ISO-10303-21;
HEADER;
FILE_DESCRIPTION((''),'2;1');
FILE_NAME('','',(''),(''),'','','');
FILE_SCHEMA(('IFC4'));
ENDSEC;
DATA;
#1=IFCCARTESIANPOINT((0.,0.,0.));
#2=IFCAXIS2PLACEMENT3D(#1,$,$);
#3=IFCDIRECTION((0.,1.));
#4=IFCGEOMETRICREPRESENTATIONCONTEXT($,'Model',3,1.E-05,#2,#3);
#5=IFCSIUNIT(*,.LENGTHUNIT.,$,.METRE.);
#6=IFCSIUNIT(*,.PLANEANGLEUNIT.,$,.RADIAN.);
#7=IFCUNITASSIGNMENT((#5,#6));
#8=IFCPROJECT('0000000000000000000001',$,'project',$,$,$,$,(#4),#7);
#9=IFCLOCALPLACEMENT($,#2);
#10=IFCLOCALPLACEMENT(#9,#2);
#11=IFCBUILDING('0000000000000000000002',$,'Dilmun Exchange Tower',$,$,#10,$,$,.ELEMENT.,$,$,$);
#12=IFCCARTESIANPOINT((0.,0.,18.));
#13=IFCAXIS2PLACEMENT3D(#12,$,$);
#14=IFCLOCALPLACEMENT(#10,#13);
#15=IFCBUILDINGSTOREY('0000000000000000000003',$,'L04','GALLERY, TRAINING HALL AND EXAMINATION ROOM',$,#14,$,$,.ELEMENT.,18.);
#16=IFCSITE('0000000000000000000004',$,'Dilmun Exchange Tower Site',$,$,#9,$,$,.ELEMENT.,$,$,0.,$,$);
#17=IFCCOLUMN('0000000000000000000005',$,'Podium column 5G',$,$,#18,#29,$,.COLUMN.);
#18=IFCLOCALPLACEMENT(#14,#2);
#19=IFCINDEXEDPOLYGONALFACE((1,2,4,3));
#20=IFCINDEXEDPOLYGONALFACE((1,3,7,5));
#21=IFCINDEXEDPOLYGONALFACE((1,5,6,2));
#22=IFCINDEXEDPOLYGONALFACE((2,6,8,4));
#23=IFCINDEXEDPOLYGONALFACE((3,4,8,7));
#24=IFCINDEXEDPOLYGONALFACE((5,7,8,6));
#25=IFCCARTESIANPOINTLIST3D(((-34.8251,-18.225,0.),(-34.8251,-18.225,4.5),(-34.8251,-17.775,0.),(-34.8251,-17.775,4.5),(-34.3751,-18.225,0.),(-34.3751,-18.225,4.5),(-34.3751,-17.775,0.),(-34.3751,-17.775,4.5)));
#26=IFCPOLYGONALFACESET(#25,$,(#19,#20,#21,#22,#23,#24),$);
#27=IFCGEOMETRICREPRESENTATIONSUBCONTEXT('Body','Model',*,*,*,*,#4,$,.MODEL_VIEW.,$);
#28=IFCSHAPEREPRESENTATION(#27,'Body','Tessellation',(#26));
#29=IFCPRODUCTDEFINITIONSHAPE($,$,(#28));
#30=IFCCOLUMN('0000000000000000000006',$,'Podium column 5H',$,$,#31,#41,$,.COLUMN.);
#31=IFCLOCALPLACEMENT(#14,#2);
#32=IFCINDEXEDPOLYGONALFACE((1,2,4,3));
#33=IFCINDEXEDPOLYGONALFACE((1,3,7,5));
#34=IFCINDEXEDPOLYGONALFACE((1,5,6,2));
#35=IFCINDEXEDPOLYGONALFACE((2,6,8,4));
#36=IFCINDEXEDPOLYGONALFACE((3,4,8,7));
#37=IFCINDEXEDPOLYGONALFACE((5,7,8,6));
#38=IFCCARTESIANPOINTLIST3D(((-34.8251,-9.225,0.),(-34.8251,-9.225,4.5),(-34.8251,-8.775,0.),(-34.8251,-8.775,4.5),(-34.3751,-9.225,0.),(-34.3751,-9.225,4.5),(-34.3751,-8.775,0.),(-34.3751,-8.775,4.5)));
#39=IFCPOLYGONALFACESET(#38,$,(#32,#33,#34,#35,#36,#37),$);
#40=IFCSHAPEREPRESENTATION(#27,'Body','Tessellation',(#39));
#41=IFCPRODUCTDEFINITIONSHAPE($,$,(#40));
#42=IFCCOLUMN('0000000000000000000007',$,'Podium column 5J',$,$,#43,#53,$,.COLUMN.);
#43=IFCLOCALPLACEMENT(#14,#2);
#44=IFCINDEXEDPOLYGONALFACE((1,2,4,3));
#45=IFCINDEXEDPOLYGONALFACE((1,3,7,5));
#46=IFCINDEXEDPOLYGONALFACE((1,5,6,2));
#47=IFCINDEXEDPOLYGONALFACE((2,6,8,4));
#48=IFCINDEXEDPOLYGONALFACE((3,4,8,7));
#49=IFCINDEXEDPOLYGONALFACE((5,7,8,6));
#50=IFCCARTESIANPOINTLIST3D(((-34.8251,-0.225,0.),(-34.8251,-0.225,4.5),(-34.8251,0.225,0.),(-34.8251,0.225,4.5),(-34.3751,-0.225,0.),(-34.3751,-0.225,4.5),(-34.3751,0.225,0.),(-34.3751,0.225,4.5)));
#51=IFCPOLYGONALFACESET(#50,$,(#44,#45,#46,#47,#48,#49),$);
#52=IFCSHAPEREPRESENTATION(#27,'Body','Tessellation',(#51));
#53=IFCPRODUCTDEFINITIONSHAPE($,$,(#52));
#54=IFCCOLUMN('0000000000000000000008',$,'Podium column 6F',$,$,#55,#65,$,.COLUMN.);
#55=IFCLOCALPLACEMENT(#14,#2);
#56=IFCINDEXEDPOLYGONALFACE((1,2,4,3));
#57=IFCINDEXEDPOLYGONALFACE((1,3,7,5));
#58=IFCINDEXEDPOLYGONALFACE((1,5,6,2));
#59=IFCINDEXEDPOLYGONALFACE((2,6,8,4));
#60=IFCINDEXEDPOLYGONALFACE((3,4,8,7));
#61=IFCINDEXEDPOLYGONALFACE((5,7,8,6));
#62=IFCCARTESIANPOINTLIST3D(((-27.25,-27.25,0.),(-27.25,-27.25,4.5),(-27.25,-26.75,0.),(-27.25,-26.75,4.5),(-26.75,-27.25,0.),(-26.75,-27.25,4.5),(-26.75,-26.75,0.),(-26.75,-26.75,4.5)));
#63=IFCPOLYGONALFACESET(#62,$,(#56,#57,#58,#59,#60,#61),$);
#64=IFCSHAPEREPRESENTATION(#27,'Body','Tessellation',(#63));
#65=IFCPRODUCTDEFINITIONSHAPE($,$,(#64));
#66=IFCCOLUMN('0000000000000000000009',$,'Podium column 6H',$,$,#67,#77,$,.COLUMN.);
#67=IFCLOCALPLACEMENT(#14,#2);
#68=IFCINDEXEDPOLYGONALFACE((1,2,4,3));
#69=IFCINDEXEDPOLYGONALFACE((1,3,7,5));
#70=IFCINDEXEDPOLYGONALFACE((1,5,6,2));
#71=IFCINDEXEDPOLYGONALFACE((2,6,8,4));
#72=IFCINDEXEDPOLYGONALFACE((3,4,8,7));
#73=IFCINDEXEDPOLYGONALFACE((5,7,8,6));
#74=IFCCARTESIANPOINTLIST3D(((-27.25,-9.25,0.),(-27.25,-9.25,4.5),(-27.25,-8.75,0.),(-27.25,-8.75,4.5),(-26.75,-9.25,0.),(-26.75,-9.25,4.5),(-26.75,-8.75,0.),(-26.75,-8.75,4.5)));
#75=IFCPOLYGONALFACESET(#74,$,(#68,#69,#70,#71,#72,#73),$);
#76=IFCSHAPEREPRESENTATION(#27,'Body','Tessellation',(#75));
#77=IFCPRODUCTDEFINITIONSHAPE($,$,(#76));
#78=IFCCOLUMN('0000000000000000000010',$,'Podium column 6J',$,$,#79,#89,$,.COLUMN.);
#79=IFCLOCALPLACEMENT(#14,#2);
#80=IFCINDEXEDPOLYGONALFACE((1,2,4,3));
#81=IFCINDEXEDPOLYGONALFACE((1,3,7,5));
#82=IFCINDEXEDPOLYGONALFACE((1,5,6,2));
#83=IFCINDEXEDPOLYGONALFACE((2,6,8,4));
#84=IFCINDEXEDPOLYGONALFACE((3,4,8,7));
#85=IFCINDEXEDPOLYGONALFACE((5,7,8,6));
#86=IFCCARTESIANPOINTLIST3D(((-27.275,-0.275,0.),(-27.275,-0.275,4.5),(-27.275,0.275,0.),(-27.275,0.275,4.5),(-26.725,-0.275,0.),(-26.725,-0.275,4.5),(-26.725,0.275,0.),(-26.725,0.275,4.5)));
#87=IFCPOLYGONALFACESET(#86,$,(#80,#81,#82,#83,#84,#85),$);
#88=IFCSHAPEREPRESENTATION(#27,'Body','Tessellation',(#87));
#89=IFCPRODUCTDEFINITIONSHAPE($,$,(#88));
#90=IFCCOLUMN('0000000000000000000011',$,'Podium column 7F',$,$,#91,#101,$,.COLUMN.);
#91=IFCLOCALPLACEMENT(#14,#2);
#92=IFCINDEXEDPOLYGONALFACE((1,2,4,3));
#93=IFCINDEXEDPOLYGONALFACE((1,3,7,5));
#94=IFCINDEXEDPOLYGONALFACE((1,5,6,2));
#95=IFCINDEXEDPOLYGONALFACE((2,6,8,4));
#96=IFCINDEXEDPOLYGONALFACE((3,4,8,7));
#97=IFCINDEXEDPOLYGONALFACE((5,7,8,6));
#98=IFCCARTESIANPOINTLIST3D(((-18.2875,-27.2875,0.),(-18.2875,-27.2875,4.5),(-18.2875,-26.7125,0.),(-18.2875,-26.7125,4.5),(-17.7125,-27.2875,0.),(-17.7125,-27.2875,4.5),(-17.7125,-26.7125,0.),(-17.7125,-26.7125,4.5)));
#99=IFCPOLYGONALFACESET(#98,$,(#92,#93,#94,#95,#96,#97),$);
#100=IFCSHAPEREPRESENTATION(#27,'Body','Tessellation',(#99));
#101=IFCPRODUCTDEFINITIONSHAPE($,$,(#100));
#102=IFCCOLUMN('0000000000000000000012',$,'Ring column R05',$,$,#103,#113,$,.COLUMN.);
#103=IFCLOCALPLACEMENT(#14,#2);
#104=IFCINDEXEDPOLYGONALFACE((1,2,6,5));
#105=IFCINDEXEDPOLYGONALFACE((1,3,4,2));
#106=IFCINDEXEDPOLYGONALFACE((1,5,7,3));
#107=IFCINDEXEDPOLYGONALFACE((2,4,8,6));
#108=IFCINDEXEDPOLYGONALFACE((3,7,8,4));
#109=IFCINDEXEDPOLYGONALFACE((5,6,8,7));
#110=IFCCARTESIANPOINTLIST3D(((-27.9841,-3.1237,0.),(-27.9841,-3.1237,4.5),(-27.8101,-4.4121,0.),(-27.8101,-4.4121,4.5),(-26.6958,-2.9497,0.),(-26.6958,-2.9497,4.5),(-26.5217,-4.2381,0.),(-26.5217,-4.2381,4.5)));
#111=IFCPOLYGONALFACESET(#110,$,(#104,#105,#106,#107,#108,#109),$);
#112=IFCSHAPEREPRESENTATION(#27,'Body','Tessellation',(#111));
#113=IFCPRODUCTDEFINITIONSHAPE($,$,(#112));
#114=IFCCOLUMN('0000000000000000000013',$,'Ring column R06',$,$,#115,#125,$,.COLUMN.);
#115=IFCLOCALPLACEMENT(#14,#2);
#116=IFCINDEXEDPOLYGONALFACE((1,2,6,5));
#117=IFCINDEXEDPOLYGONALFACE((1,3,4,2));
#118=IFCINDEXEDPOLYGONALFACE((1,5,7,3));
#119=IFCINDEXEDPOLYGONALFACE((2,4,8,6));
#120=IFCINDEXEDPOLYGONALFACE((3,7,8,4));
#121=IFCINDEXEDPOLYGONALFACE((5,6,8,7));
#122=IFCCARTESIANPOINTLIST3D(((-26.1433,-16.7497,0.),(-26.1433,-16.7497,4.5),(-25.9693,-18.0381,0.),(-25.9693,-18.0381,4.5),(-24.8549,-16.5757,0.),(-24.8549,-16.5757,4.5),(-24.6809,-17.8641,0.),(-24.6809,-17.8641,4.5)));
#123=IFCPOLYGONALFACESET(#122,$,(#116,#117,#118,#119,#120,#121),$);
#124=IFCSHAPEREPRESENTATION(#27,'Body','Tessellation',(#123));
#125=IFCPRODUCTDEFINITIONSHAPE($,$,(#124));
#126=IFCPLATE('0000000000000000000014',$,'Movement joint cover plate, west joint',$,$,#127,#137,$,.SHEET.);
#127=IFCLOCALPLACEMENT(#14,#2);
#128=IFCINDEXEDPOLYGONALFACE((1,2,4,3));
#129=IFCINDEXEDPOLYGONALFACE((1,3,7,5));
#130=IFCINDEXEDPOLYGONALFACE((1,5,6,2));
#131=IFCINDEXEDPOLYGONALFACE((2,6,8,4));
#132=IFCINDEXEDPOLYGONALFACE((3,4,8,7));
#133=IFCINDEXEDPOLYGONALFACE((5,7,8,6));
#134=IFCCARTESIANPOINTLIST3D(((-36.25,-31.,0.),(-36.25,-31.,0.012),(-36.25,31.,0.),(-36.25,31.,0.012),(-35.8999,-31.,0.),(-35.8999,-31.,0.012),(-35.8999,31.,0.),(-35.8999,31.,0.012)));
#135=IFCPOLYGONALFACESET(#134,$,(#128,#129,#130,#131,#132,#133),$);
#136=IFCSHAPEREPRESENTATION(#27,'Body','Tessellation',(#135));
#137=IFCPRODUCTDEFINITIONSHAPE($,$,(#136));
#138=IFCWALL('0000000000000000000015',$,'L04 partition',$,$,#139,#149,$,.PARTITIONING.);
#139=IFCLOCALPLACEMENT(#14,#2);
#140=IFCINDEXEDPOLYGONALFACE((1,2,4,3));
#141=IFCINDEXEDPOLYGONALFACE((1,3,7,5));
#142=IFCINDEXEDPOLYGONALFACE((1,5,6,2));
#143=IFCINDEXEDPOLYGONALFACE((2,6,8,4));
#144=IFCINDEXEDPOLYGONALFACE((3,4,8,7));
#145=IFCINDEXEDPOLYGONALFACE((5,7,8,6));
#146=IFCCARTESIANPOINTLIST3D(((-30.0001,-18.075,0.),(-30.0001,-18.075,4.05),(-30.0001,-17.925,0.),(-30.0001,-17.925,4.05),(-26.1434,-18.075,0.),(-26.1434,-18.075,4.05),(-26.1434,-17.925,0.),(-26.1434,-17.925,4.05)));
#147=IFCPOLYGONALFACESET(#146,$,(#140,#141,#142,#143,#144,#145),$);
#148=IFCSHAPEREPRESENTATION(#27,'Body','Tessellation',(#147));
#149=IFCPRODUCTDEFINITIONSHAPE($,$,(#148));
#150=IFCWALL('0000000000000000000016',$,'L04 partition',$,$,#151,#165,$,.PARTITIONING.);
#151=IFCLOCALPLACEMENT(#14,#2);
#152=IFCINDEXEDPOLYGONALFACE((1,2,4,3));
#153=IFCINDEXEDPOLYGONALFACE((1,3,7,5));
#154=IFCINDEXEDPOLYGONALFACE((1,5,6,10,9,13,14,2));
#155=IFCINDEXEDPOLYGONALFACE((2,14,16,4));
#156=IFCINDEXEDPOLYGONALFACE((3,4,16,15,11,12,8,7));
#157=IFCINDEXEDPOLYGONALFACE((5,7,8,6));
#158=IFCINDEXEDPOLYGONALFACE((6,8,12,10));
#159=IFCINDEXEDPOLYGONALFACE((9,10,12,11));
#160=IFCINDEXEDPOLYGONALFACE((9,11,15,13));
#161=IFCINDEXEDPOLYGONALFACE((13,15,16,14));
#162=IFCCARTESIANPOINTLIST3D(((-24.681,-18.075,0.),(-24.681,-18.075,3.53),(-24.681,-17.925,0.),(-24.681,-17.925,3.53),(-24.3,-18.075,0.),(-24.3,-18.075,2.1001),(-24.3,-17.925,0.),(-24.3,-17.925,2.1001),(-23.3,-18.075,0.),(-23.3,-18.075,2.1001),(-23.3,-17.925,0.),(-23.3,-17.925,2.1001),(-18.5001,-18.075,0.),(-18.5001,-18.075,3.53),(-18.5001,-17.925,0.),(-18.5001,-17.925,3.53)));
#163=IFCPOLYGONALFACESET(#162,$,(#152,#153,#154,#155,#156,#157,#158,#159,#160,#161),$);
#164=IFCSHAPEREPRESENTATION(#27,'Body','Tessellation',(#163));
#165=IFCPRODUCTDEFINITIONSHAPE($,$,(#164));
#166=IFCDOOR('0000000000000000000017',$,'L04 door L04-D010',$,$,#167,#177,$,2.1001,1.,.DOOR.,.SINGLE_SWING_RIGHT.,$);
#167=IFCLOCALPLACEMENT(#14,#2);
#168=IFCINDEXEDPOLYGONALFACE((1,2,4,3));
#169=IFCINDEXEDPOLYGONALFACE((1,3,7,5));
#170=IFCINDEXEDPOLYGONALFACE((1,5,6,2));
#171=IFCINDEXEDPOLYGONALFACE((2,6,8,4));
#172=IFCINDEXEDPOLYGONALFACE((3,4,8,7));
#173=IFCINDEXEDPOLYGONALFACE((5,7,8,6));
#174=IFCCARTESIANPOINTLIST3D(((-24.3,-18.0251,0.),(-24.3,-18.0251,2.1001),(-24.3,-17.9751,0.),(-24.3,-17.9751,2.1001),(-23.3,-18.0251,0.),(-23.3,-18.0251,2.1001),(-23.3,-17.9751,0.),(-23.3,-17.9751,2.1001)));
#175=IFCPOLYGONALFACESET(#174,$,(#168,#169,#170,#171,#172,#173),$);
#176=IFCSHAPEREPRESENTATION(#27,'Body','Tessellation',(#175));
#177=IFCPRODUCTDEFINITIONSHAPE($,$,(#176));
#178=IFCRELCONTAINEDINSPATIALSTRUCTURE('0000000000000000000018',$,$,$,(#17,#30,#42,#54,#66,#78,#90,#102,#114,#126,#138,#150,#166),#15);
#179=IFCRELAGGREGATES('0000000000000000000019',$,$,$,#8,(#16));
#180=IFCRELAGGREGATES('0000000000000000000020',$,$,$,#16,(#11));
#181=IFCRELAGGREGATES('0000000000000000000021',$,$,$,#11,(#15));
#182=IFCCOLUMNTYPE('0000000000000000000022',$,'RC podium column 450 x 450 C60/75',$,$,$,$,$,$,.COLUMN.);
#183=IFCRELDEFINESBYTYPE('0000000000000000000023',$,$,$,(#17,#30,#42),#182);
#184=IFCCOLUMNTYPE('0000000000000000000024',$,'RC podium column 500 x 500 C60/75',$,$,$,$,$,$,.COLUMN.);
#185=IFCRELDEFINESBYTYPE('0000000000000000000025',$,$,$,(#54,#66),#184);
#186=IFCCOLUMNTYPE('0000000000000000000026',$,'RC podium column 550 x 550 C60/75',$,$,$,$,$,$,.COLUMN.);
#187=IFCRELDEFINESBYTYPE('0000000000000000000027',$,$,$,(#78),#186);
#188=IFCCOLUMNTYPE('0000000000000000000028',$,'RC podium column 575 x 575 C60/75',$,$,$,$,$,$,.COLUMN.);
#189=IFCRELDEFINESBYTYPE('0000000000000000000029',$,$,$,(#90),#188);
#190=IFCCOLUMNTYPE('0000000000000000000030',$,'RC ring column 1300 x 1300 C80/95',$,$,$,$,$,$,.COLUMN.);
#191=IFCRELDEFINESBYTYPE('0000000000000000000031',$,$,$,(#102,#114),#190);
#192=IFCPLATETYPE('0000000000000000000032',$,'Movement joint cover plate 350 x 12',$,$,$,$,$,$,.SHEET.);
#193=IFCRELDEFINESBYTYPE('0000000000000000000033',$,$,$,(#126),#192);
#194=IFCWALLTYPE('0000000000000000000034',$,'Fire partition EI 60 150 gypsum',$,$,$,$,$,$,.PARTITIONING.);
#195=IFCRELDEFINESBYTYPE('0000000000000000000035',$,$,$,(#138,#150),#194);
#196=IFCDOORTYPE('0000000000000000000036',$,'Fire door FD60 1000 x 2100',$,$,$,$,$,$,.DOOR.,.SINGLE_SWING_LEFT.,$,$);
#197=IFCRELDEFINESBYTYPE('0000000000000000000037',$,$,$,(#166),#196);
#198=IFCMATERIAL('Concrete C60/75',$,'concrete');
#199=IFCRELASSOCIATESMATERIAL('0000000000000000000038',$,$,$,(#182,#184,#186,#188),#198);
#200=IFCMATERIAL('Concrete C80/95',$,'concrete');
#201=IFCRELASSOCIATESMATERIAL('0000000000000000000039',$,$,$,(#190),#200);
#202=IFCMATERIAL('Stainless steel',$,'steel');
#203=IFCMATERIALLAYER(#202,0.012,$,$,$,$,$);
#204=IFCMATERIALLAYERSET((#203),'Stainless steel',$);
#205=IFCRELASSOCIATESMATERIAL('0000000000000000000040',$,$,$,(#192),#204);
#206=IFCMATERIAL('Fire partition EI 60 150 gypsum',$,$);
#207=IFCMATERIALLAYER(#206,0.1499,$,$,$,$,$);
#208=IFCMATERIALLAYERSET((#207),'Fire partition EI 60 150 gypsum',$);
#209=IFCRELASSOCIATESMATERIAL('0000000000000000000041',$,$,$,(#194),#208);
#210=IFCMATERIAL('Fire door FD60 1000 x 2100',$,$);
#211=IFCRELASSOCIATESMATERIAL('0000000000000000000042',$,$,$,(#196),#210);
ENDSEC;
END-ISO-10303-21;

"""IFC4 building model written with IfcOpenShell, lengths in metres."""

from ifc_helpers import new_model, si_unit, direction, frame, frame_2d, origin, origin_2d, place, context, subcontext, project, spatial, rectangle, extrude, material, layer, layer_set, material_profile, profile_set, type_object, element, fill, save


model = new_model("IFC4")

# Units and contexts
model_context = context("Model", 3, precision=1e-05, world=origin(), true_north=direction((0.0, 1.0)))
body_context = subcontext(model_context, "Body", "Model", "MODEL_VIEW")
ifc_project = project(units=[si_unit("LENGTHUNIT", "METRE"), si_unit("PLANEANGLEUNIT", "RADIAN")], contexts=[model_context])

# Site, building, storey
site_placement = place(None, origin())
site = spatial("IfcSite", under=ifc_project, at=site_placement, Name="Dilmun Exchange Tower Site", CompositionType="ELEMENT", RefElevation=0.0)
building_placement = place(site_placement, origin())
building = spatial("IfcBuilding", under=site, at=building_placement, Name="Dilmun Exchange Tower", CompositionType="ELEMENT")
storey_placement = place(building_placement, frame((0.0, 0.0, 18.0)))
storey = spatial("IfcBuildingStorey", under=building, at=storey_placement, Name="L04", Description="GALLERY, TRAINING HALL AND EXAMINATION ROOM", CompositionType="ELEMENT", Elevation=18.0)

# Columns
ifc_material_1 = material(Name="Concrete C60/75", Category="concrete")
ifc_material_profile_1 = material_profile(ifc_material_1, rectangle(XDim=0.45, YDim=0.45, at=origin_2d()), Name="450 x 450")
ifc_profile_set_1 = profile_set([ifc_material_profile_1], Name="Concrete C60/75")
column_type_1 = type_object("IfcColumnType", Name="RC podium column 450 x 450 C60/75", PredefinedType="COLUMN", material=ifc_profile_set_1)
for number, where, z_axis, x_axis, name in (
    (1, (-34.6001, -18.0, 0.0), (0.0, 0.0, 1.0), (1.0, 0.0, 0.0), "Podium column 5G"),
    (2, (-34.6001, -9.0, 0.0), (0.0, 0.0, 1.0), (1.0, 0.0, 0.0), "Podium column 5H"),
    (3, (-34.6001, 0.0, 0.0), (0.0, 0.0, 1.0), (1.0, 0.0, 0.0), "Podium column 5J"),
):
    element("IfcColumn", number, at=place(storey_placement, frame(where, z_axis=z_axis, x_axis=x_axis)), inside=storey, type_object=column_type_1, Name=name, PredefinedType="COLUMN", context=body_context, shape_type="SweptSolid", body=[
        extrude(rectangle(XDim=0.45, YDim=0.45, at=origin_2d()), origin(), (0.0, 0.0, 1.0), 4.5),
    ])
ifc_material_profile_2 = material_profile(ifc_material_1, rectangle(XDim=0.5, YDim=0.5, at=origin_2d()), Name="500 x 500")
ifc_profile_set_2 = profile_set([ifc_material_profile_2], Name="Concrete C60/75")
column_type_2 = type_object("IfcColumnType", Name="RC podium column 500 x 500 C60/75", PredefinedType="COLUMN", material=ifc_profile_set_2)
for number, where, z_axis, x_axis, name in (
    (4, (-27.0, -27.0, 0.0), (0.0, 0.0, 1.0), (1.0, 0.0, 0.0), "Podium column 6F"),
    (5, (-27.0, -9.0, 0.0), (0.0, 0.0, 1.0), (1.0, 0.0, 0.0), "Podium column 6H"),
):
    element("IfcColumn", number, at=place(storey_placement, frame(where, z_axis=z_axis, x_axis=x_axis)), inside=storey, type_object=column_type_2, Name=name, PredefinedType="COLUMN", context=body_context, shape_type="SweptSolid", body=[
        extrude(rectangle(XDim=0.5, YDim=0.5, at=origin_2d()), origin(), (0.0, 0.0, 1.0), 4.5),
    ])
ifc_material_profile_3 = material_profile(ifc_material_1, rectangle(XDim=0.55, YDim=0.55, at=origin_2d()), Name="550 x 550")
ifc_profile_set_3 = profile_set([ifc_material_profile_3], Name="Concrete C60/75")
column_type_3 = type_object("IfcColumnType", Name="RC podium column 550 x 550 C60/75", PredefinedType="COLUMN", material=ifc_profile_set_3)
column_1_placement = place(storey_placement, frame((-27.0, 0.0, 0.0), z_axis=(0.0, 0.0, 1.0), x_axis=(1.0, 0.0, 0.0)))
element("IfcColumn", 6, at=column_1_placement, inside=storey, type_object=column_type_3, Name="Podium column 6J", PredefinedType="COLUMN", context=body_context, shape_type="SweptSolid", body=[
    extrude(rectangle(XDim=0.55, YDim=0.55, at=origin_2d()), origin(), (0.0, 0.0, 1.0), 4.5),
])
ifc_material_profile_4 = material_profile(ifc_material_1, rectangle(XDim=0.575, YDim=0.575, at=origin_2d()), Name="575 x 575")
ifc_profile_set_4 = profile_set([ifc_material_profile_4], Name="Concrete C60/75")
column_type_4 = type_object("IfcColumnType", Name="RC podium column 575 x 575 C60/75", PredefinedType="COLUMN", material=ifc_profile_set_4)
column_2_placement = place(storey_placement, frame((-18.0, -27.0, 0.0), z_axis=(0.0, 0.0, 1.0), x_axis=(1.0, 0.0, 0.0)))
element("IfcColumn", 7, at=column_2_placement, inside=storey, type_object=column_type_4, Name="Podium column 7F", PredefinedType="COLUMN", context=body_context, shape_type="SweptSolid", body=[
    extrude(rectangle(XDim=0.575, YDim=0.575, at=origin_2d()), origin(), (0.0, 0.0, 1.0), 4.5),
])
ifc_material_2 = material(Name="Concrete C80/95", Category="concrete")
ifc_material_profile_5 = material_profile(ifc_material_2, rectangle(XDim=1.3, YDim=1.3, at=origin_2d()), Name="1300 x 1300")
ifc_profile_set_5 = profile_set([ifc_material_profile_5], Name="Concrete C80/95")
column_type_5 = type_object("IfcColumnType", Name="RC ring column 1300 x 1300 C80/95", PredefinedType="COLUMN", material=ifc_profile_set_5)
for number, where, z_axis, x_axis, name in (
    (8, (-27.2529, -3.6809, 0.0), (0.0, 0.0, 1.0), (0.991001, 0.133853, 0.0), "Ring column R05"),
    (9, (-25.4121, -17.3069, 0.0), (0.0, 0.0, 1.0), (0.991001, 0.133853, 0.0), "Ring column R06"),
):
    element("IfcColumn", number, at=place(storey_placement, frame(where, z_axis=z_axis, x_axis=x_axis)), inside=storey, type_object=column_type_5, Name=name, PredefinedType="COLUMN", context=body_context, shape_type="SweptSolid", body=[
        extrude(rectangle(XDim=1.3, YDim=1.3, at=origin_2d()), origin(), (0.0, 0.0, 1.0), 4.5),
    ])

# Plate
ifc_material_3 = material(Name="Stainless steel", Category="steel")
ifc_layer_1 = layer(ifc_material_3, 0.012)
ifc_layer_set_1 = layer_set([ifc_layer_1], Name="Stainless steel")
plate_type = type_object("IfcPlateType", Name="Movement joint cover plate 350 x 12", PredefinedType="SHEET", material=ifc_layer_set_1)
plate_placement = place(storey_placement, frame((-36.075, 0.0, 0.0), z_axis=(0.0, 0.0, 1.0), x_axis=(1.0, 0.0, 0.0)))
element("IfcPlate", 10, at=plate_placement, inside=storey, type_object=plate_type, Name="Movement joint cover plate, west joint", PredefinedType="SHEET", context=body_context, shape_type="SweptSolid", body=[
    extrude(rectangle(XDim=0.3501, YDim=62.0, at=origin_2d()), origin(), (0.0, 0.0, 1.0), 0.012),
])

# Wall
ifc_material_4 = material(Name="Fire partition EI 60 150 gypsum")
ifc_layer_2 = layer(ifc_material_4, 0.1499)
ifc_layer_set_2 = layer_set([ifc_layer_2], Name="Fire partition EI 60 150 gypsum")
wall_type_1 = type_object("IfcWallType", Name="Fire partition EI 60 150 gypsum", PredefinedType="PARTITIONING", material=ifc_layer_set_2)
wall_1_placement = place(storey_placement, frame((-30.0, -18.0, 0.0), z_axis=(0.0, 0.0, 1.0), x_axis=(1.0, 0.0, 0.0)))
element("IfcWall", 11, at=wall_1_placement, inside=storey, type_object=wall_type_1, Name="L04 partition", PredefinedType="PARTITIONING", context=body_context, shape_type="SweptSolid", body=[
    extrude(rectangle(XDim=3.8567, YDim=0.1499, at=frame_2d((1.9282, 0.0))), origin(), (0.0, 0.0, 1.0), 4.05),
])

# Wall, opening, door
wall_2_placement = place(storey_placement, frame((-24.6809, -18.0, 0.0), z_axis=(0.0, 0.0, 1.0), x_axis=(1.0, 0.0, 0.0)))
wall_2 = element("IfcWall", 12, at=wall_2_placement, inside=storey, type_object=wall_type_1, Name="L04 partition", PredefinedType="PARTITIONING", context=body_context, shape_type="SweptSolid", body=[
    extrude(rectangle(XDim=6.1809, YDim=0.1499, at=frame_2d((3.0903, 0.0))), origin(), (0.0, 0.0, 1.0), 3.53),
])
opening_1_placement = place(wall_2_placement, frame((0.3809, 0.0, 0.0)))
opening_1 = element("IfcOpeningElement", 13, at=opening_1_placement, cuts=wall_2, PredefinedType="OPENING", context=body_context, shape_type="SweptSolid", body=[
    extrude(rectangle(XDim=1.0, YDim=2.1001, at=frame_2d((0.5, 1.05))), frame((0.0, 0.085, 0.0), z_axis=(0.0, -1.0, 0.0), x_axis=(1.0, 0.0, 0.0)), (0.0, 0.0, 1.0), 0.1699),
])
ifc_material_5 = material(Name="Fire door FD60 1000 x 2100")
door_type_1 = type_object("IfcDoorType", Name="Fire door FD60 1000 x 2100", OperationType="SINGLE_SWING_LEFT", PredefinedType="DOOR", material=ifc_material_5)
door_1_placement = place(opening_1_placement, origin())
door_1 = element("IfcDoor", 14, at=door_1_placement, inside=storey, type_object=door_type_1, Name="L04 door L04-D010", OperationType="SINGLE_SWING_RIGHT", OverallHeight=2.1001, OverallWidth=1.0, PredefinedType="DOOR", context=body_context, shape_type="SweptSolid", body=[
    extrude(rectangle(XDim=1.0, YDim=2.1001, at=frame_2d((0.5, 1.05))), frame((0.0, 0.0249, 0.0), z_axis=(0.0, -1.0, 0.0), x_axis=(1.0, 0.0, 0.0)), (0.0, 0.0, 1.0), 0.05),
])
fill(opening_1, door_1)

save(model, "model.ifc")
